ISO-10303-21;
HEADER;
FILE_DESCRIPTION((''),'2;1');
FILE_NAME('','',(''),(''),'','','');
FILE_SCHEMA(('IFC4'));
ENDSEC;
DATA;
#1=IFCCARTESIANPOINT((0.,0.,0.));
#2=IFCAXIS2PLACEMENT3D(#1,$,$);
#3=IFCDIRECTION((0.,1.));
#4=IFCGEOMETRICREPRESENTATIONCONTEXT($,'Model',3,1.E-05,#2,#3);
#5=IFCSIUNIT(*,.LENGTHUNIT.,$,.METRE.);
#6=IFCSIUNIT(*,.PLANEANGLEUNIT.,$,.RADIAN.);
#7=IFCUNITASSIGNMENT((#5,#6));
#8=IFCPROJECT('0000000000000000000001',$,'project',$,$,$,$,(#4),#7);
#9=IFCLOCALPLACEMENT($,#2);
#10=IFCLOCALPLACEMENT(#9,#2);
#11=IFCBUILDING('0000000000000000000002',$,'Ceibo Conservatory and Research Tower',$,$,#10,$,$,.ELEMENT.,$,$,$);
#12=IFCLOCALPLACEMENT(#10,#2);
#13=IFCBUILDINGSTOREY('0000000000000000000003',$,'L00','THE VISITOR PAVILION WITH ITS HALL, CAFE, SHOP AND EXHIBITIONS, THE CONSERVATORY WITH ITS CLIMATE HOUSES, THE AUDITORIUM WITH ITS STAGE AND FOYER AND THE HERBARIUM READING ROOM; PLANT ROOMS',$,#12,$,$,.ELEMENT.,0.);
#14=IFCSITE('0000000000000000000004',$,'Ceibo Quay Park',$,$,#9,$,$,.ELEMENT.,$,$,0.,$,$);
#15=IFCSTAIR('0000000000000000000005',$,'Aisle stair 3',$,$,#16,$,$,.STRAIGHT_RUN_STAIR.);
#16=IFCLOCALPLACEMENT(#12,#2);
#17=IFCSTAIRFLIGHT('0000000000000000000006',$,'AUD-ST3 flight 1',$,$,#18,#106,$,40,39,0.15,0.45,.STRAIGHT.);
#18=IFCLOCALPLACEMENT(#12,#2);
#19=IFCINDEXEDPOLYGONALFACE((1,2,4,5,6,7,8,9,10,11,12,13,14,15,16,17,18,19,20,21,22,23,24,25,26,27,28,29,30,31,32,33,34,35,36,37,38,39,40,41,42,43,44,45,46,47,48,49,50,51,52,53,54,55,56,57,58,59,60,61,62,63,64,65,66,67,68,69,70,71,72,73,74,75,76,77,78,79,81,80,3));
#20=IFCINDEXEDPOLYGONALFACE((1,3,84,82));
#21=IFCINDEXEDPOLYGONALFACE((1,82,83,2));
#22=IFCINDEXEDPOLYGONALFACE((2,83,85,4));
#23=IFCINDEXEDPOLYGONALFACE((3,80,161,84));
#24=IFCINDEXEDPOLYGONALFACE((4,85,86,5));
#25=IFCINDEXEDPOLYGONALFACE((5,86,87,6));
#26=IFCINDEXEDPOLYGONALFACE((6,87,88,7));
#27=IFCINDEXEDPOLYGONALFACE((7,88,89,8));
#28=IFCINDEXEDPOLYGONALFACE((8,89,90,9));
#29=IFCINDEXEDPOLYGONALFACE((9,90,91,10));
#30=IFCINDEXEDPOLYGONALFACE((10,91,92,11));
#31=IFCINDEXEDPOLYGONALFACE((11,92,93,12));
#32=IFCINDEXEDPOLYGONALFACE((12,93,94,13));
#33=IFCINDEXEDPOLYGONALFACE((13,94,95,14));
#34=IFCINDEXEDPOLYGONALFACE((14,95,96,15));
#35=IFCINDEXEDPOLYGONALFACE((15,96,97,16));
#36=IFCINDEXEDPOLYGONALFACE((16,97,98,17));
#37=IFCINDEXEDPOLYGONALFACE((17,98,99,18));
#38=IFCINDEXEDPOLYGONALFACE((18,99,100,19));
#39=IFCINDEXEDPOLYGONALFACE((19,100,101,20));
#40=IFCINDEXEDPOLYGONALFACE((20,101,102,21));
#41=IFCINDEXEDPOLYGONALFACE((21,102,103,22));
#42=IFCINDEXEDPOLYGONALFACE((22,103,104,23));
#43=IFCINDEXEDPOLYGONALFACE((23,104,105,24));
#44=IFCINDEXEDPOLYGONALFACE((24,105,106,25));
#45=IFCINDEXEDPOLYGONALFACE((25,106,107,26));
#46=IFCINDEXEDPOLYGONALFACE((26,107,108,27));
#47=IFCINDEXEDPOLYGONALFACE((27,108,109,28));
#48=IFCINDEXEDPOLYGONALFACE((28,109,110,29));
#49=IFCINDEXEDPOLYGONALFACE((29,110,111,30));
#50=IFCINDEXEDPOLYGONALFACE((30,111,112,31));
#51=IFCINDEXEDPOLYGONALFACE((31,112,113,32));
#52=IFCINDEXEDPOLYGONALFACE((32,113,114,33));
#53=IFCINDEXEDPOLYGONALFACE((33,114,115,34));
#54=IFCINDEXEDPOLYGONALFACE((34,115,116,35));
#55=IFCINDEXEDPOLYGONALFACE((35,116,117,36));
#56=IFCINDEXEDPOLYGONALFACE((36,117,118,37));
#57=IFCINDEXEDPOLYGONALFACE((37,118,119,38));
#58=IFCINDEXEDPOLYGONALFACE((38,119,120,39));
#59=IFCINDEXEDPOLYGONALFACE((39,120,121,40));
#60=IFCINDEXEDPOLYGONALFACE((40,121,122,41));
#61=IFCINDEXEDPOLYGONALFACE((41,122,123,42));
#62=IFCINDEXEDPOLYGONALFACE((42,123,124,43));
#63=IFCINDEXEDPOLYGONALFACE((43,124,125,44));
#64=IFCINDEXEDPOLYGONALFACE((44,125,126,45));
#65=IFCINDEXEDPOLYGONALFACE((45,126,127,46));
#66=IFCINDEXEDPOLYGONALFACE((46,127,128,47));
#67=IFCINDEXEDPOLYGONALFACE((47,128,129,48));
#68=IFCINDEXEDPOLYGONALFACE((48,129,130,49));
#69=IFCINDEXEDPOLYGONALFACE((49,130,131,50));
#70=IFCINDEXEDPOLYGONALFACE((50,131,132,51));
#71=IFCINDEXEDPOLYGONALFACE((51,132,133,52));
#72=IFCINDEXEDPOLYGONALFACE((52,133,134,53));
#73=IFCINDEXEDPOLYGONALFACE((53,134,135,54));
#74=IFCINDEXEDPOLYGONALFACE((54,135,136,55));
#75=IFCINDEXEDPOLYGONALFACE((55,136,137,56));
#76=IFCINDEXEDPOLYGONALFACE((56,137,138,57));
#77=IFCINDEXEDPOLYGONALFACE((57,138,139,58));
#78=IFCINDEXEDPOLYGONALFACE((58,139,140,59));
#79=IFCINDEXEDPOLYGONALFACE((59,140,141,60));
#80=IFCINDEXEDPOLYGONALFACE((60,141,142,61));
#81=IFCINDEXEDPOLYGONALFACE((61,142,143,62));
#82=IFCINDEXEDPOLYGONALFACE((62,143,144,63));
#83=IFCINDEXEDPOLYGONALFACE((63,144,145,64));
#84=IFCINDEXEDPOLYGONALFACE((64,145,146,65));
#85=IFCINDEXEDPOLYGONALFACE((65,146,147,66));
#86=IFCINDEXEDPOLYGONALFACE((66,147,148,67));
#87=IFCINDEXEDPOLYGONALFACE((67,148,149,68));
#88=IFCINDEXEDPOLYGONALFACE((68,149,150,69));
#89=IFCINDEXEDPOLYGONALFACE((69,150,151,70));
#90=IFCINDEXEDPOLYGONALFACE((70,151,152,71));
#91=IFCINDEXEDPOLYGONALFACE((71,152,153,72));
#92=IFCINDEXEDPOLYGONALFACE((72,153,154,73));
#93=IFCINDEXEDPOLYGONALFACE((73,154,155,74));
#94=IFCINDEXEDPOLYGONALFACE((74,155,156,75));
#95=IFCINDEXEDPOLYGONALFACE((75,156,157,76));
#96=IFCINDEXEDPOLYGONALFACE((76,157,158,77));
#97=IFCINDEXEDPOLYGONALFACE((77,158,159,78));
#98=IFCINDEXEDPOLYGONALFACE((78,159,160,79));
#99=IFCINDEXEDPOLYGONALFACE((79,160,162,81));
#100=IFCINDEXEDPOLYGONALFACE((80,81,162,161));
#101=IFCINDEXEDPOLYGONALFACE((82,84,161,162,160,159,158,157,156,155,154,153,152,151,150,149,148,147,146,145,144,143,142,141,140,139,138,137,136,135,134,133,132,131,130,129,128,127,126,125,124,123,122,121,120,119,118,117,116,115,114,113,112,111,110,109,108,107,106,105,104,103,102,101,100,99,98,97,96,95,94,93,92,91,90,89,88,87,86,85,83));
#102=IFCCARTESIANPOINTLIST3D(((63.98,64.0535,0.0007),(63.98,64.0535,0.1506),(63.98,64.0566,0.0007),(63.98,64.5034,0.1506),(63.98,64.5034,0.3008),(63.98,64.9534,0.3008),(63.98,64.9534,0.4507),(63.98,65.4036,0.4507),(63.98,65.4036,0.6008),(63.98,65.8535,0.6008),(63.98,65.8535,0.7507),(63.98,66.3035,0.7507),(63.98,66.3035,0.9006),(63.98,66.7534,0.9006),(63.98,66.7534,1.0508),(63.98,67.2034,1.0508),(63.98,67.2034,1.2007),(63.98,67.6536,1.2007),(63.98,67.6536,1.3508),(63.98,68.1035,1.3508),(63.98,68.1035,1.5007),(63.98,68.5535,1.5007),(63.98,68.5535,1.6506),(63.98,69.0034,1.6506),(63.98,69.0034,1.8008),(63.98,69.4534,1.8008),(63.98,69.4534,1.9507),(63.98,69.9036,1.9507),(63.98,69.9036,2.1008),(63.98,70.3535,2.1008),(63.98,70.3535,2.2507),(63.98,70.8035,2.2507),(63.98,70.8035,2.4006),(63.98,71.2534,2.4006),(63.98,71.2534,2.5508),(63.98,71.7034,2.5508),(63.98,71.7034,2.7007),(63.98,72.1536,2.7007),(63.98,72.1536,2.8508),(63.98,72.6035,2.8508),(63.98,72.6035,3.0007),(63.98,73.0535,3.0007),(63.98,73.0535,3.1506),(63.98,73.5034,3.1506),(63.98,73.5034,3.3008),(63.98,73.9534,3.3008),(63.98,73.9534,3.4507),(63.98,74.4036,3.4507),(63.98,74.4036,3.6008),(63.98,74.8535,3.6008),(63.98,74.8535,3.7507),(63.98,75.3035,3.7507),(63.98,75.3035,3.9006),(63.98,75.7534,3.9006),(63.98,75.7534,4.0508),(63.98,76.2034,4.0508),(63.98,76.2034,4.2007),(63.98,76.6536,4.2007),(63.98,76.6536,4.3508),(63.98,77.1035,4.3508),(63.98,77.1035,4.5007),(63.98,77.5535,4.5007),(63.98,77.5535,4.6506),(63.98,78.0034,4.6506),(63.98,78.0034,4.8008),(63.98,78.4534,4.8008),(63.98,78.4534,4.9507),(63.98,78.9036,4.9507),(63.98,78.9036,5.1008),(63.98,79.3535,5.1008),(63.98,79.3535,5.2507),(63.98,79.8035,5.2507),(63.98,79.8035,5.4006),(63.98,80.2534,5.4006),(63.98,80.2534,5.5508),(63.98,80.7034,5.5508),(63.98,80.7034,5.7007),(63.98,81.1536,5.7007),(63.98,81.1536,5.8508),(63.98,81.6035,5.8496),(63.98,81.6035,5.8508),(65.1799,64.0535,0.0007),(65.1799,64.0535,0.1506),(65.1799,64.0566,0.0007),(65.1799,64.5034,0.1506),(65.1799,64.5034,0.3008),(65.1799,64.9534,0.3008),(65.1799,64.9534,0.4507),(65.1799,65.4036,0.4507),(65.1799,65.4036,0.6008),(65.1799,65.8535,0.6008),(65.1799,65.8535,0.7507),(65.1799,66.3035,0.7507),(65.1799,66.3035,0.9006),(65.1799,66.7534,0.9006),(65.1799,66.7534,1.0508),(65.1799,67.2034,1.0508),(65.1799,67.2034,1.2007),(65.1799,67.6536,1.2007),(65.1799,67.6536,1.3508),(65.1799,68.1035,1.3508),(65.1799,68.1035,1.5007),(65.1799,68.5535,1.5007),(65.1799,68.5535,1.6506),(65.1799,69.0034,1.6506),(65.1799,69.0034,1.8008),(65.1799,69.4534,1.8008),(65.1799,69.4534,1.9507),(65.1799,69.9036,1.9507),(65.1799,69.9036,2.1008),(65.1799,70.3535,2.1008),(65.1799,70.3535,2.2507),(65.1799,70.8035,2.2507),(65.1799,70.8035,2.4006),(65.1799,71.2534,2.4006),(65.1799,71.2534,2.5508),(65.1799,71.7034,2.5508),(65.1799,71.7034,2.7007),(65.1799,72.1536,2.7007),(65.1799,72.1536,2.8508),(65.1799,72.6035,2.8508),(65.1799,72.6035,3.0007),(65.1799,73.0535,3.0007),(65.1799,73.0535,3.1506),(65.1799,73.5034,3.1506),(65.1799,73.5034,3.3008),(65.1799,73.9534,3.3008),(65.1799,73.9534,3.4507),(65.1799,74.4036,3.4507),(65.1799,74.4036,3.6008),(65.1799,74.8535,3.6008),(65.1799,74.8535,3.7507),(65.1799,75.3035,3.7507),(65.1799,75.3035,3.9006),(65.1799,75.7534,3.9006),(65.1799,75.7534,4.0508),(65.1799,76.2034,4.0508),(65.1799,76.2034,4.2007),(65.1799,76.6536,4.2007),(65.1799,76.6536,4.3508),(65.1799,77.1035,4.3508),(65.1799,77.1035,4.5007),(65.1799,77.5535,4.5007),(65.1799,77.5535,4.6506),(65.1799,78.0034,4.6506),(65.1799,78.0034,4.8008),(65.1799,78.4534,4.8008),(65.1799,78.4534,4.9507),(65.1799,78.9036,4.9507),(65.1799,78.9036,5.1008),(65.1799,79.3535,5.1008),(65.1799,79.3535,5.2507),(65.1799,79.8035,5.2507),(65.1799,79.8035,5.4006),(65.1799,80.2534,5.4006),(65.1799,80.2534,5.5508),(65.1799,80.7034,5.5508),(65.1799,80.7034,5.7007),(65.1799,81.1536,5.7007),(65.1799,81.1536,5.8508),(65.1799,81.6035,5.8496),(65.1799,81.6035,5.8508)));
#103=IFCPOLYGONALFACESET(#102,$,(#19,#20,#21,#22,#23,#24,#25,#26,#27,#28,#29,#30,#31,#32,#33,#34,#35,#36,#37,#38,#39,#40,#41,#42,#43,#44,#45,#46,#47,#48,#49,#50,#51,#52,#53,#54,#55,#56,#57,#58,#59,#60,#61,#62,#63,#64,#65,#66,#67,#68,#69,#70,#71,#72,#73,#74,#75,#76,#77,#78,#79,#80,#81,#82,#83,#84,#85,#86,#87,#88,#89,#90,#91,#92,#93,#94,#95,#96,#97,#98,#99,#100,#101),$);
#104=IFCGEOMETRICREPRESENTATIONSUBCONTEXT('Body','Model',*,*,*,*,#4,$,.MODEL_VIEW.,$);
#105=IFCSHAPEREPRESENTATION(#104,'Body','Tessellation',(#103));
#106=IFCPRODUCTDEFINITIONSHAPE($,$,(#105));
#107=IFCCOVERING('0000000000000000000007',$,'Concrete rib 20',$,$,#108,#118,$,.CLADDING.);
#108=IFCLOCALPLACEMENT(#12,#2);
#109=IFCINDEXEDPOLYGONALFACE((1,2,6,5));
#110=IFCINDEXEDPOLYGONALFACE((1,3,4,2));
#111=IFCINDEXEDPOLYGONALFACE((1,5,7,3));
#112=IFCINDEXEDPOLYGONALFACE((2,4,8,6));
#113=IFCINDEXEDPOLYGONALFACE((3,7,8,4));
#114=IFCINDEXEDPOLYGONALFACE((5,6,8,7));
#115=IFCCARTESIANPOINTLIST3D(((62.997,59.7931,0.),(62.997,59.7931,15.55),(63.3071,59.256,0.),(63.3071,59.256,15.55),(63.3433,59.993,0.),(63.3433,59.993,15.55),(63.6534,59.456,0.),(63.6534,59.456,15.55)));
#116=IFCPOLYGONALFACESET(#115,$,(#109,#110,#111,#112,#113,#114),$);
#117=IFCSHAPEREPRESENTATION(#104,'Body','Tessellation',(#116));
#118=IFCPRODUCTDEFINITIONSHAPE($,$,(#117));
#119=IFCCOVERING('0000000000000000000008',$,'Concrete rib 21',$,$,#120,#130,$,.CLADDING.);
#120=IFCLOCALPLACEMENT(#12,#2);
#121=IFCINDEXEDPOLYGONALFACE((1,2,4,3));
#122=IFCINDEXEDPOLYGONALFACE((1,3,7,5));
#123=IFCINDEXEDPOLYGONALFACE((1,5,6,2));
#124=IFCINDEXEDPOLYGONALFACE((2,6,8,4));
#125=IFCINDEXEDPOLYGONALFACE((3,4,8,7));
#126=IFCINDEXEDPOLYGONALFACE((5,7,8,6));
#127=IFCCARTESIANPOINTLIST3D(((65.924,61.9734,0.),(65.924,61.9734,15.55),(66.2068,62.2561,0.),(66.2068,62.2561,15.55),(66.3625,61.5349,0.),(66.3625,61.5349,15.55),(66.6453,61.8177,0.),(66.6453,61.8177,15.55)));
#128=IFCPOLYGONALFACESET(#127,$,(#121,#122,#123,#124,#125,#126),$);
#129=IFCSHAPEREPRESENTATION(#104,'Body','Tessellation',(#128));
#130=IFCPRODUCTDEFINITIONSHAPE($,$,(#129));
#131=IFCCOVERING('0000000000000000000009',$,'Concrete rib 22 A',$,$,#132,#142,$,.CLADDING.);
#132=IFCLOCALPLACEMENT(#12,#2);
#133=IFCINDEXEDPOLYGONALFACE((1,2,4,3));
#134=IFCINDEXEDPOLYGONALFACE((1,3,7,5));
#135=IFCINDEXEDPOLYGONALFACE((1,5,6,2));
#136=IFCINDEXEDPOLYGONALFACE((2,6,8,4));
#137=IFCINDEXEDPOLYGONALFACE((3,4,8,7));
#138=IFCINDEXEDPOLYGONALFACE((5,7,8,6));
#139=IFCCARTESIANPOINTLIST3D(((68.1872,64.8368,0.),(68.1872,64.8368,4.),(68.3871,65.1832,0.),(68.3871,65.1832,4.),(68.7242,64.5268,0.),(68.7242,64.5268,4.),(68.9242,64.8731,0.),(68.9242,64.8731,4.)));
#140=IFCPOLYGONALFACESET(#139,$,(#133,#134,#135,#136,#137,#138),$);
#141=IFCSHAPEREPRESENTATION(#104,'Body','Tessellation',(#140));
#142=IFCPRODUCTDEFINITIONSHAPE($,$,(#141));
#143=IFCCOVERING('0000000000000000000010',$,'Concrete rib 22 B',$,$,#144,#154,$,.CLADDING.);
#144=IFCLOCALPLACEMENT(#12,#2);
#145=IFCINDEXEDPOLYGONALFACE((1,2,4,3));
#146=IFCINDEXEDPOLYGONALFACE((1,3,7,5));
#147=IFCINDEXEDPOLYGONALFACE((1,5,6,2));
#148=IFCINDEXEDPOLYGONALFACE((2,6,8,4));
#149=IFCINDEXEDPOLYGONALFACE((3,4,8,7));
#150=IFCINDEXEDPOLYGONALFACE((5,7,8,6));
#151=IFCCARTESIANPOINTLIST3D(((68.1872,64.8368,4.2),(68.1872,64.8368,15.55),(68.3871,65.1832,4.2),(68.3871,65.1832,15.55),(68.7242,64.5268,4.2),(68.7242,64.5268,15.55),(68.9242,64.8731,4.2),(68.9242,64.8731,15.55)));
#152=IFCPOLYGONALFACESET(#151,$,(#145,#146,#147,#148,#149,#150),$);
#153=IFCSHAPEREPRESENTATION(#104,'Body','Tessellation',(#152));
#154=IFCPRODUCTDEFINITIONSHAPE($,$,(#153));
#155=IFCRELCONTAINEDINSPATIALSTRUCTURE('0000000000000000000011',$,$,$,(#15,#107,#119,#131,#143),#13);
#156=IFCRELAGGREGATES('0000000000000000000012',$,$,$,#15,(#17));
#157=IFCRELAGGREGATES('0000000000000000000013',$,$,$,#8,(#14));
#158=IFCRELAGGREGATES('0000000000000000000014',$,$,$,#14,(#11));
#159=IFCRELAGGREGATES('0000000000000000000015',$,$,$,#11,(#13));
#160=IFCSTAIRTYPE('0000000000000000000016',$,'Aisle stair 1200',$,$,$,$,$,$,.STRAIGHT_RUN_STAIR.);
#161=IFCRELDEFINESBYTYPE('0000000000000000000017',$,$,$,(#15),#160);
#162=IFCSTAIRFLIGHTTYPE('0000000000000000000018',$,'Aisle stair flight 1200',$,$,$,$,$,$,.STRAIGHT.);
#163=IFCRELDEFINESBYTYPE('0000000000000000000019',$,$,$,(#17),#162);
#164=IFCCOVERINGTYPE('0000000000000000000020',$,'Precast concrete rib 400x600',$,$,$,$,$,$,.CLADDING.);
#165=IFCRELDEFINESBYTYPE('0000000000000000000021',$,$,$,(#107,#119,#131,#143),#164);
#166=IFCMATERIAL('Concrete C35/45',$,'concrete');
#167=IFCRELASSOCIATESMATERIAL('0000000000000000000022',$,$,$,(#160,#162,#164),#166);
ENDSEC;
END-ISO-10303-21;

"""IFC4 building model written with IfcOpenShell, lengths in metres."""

from ifc_helpers import new_model, si_unit, direction, frame, origin, origin_2d, place, context, subcontext, project, spatial, polyline, rectangle, outline, extrude, material, type_object, element, aggregate, save


model = new_model("IFC4")

# Units and contexts
model_context = context("Model", 3, precision=1e-05, world=origin(), true_north=direction((0.0, 1.0)))
body_context = subcontext(model_context, "Body", "Model", "MODEL_VIEW")
ifc_project = project(units=[si_unit("LENGTHUNIT", "METRE"), si_unit("PLANEANGLEUNIT", "RADIAN")], contexts=[model_context])

# Site, building, storey
site_placement = place(None, origin())
site = spatial("IfcSite", under=ifc_project, at=site_placement, Name="Ceibo Quay Park", CompositionType="ELEMENT", RefElevation=0.0)
building_placement = place(site_placement, origin())
building = spatial("IfcBuilding", under=site, at=building_placement, Name="Ceibo Conservatory and Research Tower", CompositionType="ELEMENT")
storey_placement = place(building_placement, origin())
storey = spatial("IfcBuildingStorey", under=building, at=storey_placement, Name="L00", Description="THE VISITOR PAVILION WITH ITS HALL, CAFE, SHOP AND EXHIBITIONS, THE CONSERVATORY WITH ITS CLIMATE HOUSES, THE AUDITORIUM WITH ITS STAGE AND FOYER AND THE HERBARIUM READING ROOM; PLANT ROOMS", CompositionType="ELEMENT", Elevation=0.0)

# Shared definitions
ifc_material_1 = material(Name="Concrete C35/45", Category="concrete")

# Stair, stair flight
stair_type = type_object("IfcStairType", Name="Aisle stair 1200", PredefinedType="STRAIGHT_RUN_STAIR", material=ifc_material_1)
stair_placement = place(storey_placement, origin())
stair = element("IfcStair", 1, at=stair_placement, inside=storey, type_object=stair_type, Name="Aisle stair 3", PredefinedType="STRAIGHT_RUN_STAIR")
stair_flight_type = type_object("IfcStairFlightType", Name="Aisle stair flight 1200", PredefinedType="STRAIGHT", material=ifc_material_1)
stair_flight_placement = place(storey_placement, frame((64.5801, 64.0535, 0.0007), z_axis=(0.0, 0.0, 1.0), x_axis=(0.0, 1.0, 0.0)))
stair_flight = element("IfcStairFlight", 2, at=stair_flight_placement, type_object=stair_flight_type, Name="AUD-ST3 flight 1", NumberOfRisers=40, NumberOfTreads=39, PredefinedType="STRAIGHT", RiserHeight=0.15, TreadLength=0.45, context=body_context, shape_type="SweptSolid", body=[
    extrude(outline(polyline([(0.0, 0.0), (0.0, 0.1499), (0.45, 0.1499), (0.45, 0.3), (0.8999, 0.3), (0.8999, 0.45), (1.3501, 0.45), (1.3501, 0.6001), (1.8, 0.6001), (1.8, 0.75), (2.25, 0.75), (2.25, 0.8999), (2.7, 0.8999), (2.7, 1.05), (3.1499, 1.05), (3.1499, 1.2), (3.6001, 1.2), (3.6001, 1.3501), (4.05, 1.3501), (4.05, 1.5), (4.5, 1.5), (4.5, 1.6499), (4.95, 1.6499), (4.95, 1.8), (5.3999, 1.8), (5.3999, 1.95), (5.8501, 1.95), (5.8501, 2.1001), (6.3, 2.1001), (6.3, 2.25), (6.75, 2.25), (6.75, 2.3999), (7.2, 2.3999), (7.2, 2.55), (7.6499, 2.55), (7.6499, 2.7), (8.1001, 2.7), (8.1001, 2.8501), (8.55, 2.8501), (8.55, 3.0), (9.0, 3.0), (9.0, 3.1499), (9.45, 3.1499), (9.45, 3.3), (9.8999, 3.3), (9.8999, 3.45), (10.3501, 3.45), (10.3501, 3.6001), (10.8, 3.6001), (10.8, 3.75), (11.25, 3.75), (11.25, 3.8999), (11.7, 3.8999), (11.7, 4.05), (12.1499, 4.05), (12.1499, 4.2), (12.6001, 4.2), (12.6001, 4.3501), (13.05, 4.3501), (13.05, 4.5), (13.5, 4.5), (13.5, 4.6499), (13.95, 4.6499), (13.95, 4.8), (14.3999, 4.8), (14.3999, 4.95), (14.8501, 4.95), (14.8501, 5.1001), (15.3, 5.1001), (15.3, 5.25), (15.75, 5.25), (15.75, 5.3999), (16.2, 5.3999), (16.2, 5.55), (16.6499, 5.55), (16.6499, 5.7), (17.1001, 5.7), (17.1001, 5.8501), (17.55, 5.8501), (17.55, 6.0), (17.55, 5.8489), (0.0032, 0.0), (0.0, 0.0)])), frame((0.0, 0.6001, 0.0), z_axis=(0.0, -1.0, 0.0), x_axis=(1.0, 0.0, 0.0)), (0.0, 0.0, 1.0), 1.2),
])
aggregate(stair, [stair_flight])

# Coverings
covering_type = type_object("IfcCoveringType", Name="Precast concrete rib 400x600", PredefinedType="CLADDING", material=ifc_material_1)
for number, where, z_axis, x_axis, name in (
    (3, (63.3252, 59.6245, 0.0), (0.0, 0.0, 1.0), (0.5, -0.866025, 0.0), "Concrete rib 20"),
    (4, (66.2847, 61.8955, 0.0), (0.0, 0.0, 1.0), (0.707107, -0.707107, 0.0), "Concrete rib 21"),
):
    element("IfcCovering", number, at=place(storey_placement, frame(where, z_axis=z_axis, x_axis=x_axis)), inside=storey, type_object=covering_type, Name=name, PredefinedType="CLADDING", context=body_context, shape_type="SweptSolid", body=[
        extrude(rectangle(XDim=0.6201, YDim=0.3999, at=origin_2d()), origin(), (0.0, 0.0, 1.0), 15.55),
    ])
covering_1_placement = place(storey_placement, frame((68.5557, 64.855, 0.0), z_axis=(0.0, 0.0, 1.0), x_axis=(0.866025, -0.5, 0.0)))
element("IfcCovering", 5, at=covering_1_placement, inside=storey, type_object=covering_type, Name="Concrete rib 22 A", PredefinedType="CLADDING", context=body_context, shape_type="SweptSolid", body=[
    extrude(rectangle(XDim=0.6201, YDim=0.3999, at=origin_2d()), origin(), (0.0, 0.0, 1.0), 4.0),
])
covering_2_placement = place(storey_placement, frame((68.5557, 64.855, 4.2), z_axis=(0.0, 0.0, 1.0), x_axis=(0.866025, -0.5, 0.0)))
element("IfcCovering", 6, at=covering_2_placement, inside=storey, type_object=covering_type, Name="Concrete rib 22 B", PredefinedType="CLADDING", context=body_context, shape_type="SweptSolid", body=[
    extrude(rectangle(XDim=0.6201, YDim=0.3999, at=origin_2d()), origin(), (0.0, 0.0, 1.0), 11.3501),
])

save(model, "model.ifc")
